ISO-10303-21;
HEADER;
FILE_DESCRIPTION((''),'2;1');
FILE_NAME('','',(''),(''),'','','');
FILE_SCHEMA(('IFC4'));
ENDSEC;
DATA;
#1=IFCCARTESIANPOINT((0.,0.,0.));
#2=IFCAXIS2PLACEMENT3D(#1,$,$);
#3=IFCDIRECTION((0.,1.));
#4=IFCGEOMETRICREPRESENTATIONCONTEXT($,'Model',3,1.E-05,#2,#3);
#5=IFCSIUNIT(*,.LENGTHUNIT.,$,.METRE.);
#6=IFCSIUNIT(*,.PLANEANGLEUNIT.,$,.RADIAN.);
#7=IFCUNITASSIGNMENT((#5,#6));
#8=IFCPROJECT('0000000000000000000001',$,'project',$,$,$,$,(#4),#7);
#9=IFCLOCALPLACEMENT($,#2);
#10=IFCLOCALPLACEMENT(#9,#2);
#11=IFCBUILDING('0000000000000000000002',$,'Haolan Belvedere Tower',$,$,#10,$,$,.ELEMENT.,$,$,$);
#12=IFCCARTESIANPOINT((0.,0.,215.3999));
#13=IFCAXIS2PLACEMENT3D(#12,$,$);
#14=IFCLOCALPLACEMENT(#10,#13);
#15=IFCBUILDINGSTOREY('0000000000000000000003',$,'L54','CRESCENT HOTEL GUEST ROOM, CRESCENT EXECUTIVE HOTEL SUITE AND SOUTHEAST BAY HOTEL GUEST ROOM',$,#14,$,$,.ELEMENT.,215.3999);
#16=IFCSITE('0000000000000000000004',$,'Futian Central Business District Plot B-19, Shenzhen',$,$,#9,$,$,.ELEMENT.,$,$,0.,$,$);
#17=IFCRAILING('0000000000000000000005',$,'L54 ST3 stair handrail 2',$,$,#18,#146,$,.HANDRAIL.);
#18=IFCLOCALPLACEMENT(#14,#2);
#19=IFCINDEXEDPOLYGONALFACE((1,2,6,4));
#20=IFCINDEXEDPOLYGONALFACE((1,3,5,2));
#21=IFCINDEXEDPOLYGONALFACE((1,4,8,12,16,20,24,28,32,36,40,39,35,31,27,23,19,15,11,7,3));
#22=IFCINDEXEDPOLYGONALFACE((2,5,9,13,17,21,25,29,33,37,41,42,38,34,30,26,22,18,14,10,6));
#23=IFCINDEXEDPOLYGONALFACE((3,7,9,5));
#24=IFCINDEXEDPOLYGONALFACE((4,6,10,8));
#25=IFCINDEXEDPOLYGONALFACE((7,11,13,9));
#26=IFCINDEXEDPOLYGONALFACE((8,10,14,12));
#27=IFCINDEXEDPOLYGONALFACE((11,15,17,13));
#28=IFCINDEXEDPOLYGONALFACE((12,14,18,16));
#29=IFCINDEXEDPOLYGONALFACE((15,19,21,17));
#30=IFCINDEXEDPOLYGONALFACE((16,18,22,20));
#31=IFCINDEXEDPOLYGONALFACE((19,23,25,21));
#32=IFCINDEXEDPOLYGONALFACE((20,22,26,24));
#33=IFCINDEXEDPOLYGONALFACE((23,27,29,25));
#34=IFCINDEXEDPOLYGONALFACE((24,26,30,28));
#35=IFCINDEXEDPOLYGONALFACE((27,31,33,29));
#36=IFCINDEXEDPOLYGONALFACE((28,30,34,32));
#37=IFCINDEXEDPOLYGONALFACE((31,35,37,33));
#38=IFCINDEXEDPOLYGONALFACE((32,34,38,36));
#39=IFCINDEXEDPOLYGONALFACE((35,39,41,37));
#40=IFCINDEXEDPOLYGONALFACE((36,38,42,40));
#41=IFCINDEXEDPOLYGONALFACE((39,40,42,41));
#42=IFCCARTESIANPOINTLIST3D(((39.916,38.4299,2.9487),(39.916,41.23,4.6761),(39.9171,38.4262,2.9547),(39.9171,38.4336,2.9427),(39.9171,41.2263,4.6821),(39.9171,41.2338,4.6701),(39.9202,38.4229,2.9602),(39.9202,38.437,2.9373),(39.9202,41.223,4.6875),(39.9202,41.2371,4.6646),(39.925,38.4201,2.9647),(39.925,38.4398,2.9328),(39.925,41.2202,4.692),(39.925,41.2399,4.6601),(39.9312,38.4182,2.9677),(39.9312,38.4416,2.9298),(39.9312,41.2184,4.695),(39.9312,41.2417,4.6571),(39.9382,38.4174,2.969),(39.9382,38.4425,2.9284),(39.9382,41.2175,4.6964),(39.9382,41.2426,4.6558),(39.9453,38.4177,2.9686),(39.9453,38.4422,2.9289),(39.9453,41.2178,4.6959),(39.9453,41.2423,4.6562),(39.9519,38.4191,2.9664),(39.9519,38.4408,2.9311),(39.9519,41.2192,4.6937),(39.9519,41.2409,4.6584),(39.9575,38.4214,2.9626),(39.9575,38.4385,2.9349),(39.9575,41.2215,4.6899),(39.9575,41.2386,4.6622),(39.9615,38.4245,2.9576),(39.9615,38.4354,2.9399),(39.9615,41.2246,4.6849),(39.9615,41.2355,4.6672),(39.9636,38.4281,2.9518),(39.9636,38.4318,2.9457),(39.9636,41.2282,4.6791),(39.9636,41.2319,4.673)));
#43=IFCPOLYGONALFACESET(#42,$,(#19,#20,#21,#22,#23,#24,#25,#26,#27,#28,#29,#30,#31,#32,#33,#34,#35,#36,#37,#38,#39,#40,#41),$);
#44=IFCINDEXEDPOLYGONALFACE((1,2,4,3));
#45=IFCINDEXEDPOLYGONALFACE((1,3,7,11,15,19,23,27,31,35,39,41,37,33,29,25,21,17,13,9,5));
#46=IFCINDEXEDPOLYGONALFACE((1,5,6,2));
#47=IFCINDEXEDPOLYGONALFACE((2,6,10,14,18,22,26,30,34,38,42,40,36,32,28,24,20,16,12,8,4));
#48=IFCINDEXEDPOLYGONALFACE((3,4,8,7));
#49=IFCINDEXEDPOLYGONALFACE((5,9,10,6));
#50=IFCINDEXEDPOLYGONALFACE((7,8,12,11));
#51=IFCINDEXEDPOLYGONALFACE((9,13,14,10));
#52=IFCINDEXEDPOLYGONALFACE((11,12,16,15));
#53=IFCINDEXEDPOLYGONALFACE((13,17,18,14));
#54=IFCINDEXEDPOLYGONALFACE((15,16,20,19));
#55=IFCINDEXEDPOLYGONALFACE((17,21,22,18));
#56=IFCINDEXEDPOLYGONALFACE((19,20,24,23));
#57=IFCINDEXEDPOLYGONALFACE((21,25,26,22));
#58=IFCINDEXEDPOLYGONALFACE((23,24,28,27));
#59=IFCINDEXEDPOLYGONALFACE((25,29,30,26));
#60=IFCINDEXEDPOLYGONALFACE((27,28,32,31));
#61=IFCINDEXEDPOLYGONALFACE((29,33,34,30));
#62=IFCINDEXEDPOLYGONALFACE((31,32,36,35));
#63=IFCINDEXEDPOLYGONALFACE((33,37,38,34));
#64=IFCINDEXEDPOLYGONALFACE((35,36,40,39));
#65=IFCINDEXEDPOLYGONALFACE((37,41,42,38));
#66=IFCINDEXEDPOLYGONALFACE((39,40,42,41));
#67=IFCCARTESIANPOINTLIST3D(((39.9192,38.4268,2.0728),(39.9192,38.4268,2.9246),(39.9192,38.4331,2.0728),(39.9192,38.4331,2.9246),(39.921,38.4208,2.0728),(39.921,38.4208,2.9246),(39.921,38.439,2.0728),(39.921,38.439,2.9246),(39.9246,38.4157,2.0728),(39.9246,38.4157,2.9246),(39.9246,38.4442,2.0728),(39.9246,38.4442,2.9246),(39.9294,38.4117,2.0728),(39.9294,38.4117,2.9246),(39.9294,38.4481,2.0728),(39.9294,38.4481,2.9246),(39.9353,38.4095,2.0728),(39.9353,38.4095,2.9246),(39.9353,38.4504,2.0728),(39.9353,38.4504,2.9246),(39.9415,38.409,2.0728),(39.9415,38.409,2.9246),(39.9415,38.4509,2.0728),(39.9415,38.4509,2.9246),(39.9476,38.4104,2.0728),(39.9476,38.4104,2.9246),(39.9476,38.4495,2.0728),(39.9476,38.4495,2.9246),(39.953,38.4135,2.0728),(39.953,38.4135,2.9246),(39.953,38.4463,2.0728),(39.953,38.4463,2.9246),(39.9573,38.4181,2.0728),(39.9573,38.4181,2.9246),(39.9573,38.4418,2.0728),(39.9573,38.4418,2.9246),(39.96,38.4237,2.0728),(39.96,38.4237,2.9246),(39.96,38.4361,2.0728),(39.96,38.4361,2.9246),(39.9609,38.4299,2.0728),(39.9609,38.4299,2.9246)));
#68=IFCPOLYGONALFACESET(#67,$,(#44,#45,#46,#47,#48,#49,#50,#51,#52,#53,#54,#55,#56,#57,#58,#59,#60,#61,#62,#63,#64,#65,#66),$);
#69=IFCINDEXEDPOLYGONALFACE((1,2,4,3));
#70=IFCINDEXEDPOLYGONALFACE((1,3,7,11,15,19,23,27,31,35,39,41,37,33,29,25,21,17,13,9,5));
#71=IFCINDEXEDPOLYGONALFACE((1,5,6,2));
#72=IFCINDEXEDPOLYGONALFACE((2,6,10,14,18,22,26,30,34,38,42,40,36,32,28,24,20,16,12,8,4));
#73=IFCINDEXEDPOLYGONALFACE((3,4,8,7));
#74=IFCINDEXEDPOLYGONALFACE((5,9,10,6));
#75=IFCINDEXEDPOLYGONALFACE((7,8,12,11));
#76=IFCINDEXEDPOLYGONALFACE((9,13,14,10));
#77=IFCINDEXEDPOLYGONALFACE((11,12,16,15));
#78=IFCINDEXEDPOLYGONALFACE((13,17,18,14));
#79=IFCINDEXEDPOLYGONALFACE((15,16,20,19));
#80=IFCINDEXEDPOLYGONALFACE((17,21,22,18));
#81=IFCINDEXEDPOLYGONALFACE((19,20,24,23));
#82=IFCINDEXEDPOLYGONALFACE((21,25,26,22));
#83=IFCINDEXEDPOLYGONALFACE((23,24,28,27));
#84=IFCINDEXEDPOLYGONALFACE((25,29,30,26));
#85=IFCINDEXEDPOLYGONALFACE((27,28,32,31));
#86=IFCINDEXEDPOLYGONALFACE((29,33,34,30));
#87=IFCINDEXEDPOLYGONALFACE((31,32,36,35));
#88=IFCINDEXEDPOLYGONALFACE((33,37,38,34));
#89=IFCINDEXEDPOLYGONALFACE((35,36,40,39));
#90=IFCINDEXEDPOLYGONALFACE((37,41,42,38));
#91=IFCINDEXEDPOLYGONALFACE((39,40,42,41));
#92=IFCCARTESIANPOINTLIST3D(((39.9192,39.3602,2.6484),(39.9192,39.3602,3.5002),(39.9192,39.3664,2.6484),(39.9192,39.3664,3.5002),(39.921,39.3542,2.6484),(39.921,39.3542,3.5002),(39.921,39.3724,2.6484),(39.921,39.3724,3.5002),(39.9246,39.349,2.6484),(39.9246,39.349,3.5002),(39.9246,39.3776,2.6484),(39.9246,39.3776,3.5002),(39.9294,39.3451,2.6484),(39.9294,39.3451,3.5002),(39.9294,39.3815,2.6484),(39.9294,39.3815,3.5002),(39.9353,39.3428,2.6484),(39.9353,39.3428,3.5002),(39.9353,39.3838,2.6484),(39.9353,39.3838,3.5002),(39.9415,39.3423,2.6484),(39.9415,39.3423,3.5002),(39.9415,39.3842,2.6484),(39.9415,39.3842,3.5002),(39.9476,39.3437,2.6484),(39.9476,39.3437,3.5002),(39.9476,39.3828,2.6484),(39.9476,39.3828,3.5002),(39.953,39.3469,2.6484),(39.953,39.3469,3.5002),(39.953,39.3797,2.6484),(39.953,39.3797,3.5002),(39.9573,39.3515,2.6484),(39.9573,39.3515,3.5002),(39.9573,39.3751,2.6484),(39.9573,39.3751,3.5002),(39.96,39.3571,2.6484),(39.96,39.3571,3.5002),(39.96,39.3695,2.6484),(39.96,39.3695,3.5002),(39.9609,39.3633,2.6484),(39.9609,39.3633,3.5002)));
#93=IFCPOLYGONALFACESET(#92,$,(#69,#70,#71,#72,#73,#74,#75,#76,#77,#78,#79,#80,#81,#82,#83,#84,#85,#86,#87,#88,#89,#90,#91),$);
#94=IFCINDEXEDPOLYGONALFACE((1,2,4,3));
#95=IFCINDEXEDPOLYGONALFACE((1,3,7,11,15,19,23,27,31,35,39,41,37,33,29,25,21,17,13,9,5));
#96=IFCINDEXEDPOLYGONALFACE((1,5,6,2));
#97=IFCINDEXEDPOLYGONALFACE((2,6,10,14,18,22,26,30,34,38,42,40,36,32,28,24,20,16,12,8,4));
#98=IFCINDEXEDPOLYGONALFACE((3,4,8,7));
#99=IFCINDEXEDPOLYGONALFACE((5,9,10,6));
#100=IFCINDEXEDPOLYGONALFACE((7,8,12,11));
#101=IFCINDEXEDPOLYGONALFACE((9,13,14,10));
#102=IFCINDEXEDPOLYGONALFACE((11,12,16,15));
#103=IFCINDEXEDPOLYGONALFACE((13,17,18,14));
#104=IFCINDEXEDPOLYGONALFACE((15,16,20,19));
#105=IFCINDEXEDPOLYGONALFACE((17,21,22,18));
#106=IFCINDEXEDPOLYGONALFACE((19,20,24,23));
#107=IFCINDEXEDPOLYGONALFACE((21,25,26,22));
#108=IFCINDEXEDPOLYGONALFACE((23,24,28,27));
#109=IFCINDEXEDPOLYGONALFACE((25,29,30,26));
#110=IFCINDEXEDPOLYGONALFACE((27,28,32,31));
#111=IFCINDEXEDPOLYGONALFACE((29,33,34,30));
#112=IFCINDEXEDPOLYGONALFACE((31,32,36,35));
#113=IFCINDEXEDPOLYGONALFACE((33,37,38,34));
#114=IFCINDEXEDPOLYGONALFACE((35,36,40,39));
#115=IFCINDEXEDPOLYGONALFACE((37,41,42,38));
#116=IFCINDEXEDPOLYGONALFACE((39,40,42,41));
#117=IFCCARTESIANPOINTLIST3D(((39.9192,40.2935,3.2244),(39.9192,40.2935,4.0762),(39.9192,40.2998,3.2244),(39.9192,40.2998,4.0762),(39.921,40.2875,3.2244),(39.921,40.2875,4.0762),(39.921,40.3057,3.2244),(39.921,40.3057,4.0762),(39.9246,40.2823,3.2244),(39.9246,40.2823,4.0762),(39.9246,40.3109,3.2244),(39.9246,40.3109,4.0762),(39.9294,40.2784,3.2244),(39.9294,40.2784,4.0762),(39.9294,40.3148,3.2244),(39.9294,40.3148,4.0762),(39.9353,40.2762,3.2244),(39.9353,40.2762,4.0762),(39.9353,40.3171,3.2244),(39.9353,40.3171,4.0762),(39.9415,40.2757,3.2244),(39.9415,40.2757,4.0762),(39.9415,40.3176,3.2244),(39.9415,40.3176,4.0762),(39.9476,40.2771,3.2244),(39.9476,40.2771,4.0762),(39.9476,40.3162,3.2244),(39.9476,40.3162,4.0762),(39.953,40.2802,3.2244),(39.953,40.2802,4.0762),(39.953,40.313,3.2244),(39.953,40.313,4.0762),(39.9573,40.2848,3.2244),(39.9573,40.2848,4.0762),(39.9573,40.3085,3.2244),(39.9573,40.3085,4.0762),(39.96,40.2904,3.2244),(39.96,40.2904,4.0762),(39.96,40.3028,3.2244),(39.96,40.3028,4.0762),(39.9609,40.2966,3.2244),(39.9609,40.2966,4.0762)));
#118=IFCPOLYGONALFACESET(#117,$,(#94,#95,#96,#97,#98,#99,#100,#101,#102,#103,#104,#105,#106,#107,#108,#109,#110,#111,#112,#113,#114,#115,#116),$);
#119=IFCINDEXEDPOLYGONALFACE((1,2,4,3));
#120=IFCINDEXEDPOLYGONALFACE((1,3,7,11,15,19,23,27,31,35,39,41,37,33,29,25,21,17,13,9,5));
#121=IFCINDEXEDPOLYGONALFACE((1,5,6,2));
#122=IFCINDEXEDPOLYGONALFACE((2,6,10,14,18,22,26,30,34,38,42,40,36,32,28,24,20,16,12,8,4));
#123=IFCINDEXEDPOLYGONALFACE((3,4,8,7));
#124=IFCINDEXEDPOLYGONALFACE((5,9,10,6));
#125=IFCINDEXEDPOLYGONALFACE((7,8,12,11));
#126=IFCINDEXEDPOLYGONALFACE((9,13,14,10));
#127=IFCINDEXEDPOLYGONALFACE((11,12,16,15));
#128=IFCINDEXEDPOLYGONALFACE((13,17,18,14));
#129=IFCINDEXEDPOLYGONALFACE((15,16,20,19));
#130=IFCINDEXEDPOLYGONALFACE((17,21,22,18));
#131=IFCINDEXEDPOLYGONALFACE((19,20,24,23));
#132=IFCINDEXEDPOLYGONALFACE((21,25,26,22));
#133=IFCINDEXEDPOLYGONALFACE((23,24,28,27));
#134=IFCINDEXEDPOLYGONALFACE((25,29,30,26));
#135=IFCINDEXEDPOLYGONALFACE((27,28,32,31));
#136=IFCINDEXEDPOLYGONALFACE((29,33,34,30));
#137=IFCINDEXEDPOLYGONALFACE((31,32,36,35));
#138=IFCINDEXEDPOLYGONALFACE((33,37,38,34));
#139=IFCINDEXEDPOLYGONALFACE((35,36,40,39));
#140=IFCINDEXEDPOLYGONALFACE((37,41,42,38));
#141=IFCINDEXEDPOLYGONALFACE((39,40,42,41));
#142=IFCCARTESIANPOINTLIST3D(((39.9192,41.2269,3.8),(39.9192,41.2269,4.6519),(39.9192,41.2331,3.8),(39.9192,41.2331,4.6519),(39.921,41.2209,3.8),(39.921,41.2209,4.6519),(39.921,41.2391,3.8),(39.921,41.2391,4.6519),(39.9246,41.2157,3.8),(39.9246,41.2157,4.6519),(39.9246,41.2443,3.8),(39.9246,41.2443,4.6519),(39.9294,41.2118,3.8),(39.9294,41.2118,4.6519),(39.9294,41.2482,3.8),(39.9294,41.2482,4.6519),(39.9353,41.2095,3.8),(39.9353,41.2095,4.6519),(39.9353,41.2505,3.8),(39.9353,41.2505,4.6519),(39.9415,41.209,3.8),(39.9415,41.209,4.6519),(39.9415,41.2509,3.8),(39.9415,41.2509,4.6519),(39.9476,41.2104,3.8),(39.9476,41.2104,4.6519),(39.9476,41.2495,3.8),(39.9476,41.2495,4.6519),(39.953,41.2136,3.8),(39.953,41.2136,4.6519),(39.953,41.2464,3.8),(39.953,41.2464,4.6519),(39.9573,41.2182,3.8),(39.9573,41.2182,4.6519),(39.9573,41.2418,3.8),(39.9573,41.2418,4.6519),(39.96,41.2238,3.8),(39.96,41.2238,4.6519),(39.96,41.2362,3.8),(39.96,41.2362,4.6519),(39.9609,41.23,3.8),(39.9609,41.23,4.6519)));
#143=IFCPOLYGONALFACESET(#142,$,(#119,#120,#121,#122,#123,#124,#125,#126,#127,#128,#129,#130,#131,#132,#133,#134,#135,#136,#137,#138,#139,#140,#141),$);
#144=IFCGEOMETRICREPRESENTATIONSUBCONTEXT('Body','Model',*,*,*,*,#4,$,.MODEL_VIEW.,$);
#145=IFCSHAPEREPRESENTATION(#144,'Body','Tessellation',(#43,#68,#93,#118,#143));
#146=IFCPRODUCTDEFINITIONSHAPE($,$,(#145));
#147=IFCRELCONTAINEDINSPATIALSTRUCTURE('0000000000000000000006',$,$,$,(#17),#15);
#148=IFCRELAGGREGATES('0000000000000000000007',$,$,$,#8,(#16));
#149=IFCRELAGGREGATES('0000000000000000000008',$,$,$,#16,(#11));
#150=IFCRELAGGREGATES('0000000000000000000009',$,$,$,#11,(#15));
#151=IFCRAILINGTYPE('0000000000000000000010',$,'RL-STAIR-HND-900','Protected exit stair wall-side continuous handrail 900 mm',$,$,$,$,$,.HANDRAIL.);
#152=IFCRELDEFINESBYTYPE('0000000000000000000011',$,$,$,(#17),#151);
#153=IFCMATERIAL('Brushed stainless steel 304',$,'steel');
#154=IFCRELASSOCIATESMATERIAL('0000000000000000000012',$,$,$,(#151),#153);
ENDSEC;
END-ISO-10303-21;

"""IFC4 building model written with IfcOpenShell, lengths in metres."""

from ifc_helpers import new_model, si_unit, direction, frame, origin, origin_2d, place, context, subcontext, project, spatial, circle, extrude, material, type_object, element, save


model = new_model("IFC4")

# Units and contexts
model_context = context("Model", 3, precision=1e-05, world=origin(), true_north=direction((0.0, 1.0)))
body_context = subcontext(model_context, "Body", "Model", "MODEL_VIEW")
ifc_project = project(units=[si_unit("LENGTHUNIT", "METRE"), si_unit("PLANEANGLEUNIT", "RADIAN")], contexts=[model_context])

# Site, building, storey
site_placement = place(None, origin())
site = spatial("IfcSite", under=ifc_project, at=site_placement, Name="Futian Central Business District Plot B-19, Shenzhen", CompositionType="ELEMENT", RefElevation=0.0)
building_placement = place(site_placement, origin())
building = spatial("IfcBuilding", under=site, at=building_placement, Name="Haolan Belvedere Tower", CompositionType="ELEMENT")
storey_placement = place(building_placement, frame((0.0, 0.0, 215.3999)))
storey = spatial("IfcBuildingStorey", under=building, at=storey_placement, Name="L54", Description="CRESCENT HOTEL GUEST ROOM, CRESCENT EXECUTIVE HOTEL SUITE AND SOUTHEAST BAY HOTEL GUEST ROOM", CompositionType="ELEMENT", Elevation=215.3999)

# Railing
ifc_material_1 = material(Name="Brushed stainless steel 304", Category="steel")
railing_type_1 = type_object("IfcRailingType", Name="RL-STAIR-HND-900", Description="Protected exit stair wall-side continuous handrail 900 mm", PredefinedType="HANDRAIL", material=ifc_material_1)
railing_1_placement = place(storey_placement, frame((39.9399, 38.4299, 2.0728)))
element("IfcRailing", 1, at=railing_1_placement, inside=storey, type_object=railing_type_1, Name="L54 ST3 stair handrail 2", PredefinedType="HANDRAIL", context=body_context, shape_type="SweptSolid", body=[
    extrude(circle(Radius=0.0239, at=origin_2d()), frame((0.0, 0.0, 0.876), z_axis=(0.0, 0.85109, 0.52502), x_axis=(-1.0, 0.0, 0.0)), (0.0, 0.0, 1.0), 3.29),
    extrude(circle(Radius=0.021, at=origin_2d()), origin(), (0.0, 0.0, 1.0), 0.8518),
    extrude(circle(Radius=0.021, at=origin_2d()), frame((0.0, 0.9333, 0.5757)), (0.0, 0.0, 1.0), 0.8518),
    extrude(circle(Radius=0.021, at=origin_2d()), frame((0.0, 1.8667, 1.1516)), (0.0, 0.0, 1.0), 0.8518),
    extrude(circle(Radius=0.021, at=origin_2d()), frame((0.0, 2.8, 1.7273)), (0.0, 0.0, 1.0), 0.8518),
])

save(model, "model.ifc")
